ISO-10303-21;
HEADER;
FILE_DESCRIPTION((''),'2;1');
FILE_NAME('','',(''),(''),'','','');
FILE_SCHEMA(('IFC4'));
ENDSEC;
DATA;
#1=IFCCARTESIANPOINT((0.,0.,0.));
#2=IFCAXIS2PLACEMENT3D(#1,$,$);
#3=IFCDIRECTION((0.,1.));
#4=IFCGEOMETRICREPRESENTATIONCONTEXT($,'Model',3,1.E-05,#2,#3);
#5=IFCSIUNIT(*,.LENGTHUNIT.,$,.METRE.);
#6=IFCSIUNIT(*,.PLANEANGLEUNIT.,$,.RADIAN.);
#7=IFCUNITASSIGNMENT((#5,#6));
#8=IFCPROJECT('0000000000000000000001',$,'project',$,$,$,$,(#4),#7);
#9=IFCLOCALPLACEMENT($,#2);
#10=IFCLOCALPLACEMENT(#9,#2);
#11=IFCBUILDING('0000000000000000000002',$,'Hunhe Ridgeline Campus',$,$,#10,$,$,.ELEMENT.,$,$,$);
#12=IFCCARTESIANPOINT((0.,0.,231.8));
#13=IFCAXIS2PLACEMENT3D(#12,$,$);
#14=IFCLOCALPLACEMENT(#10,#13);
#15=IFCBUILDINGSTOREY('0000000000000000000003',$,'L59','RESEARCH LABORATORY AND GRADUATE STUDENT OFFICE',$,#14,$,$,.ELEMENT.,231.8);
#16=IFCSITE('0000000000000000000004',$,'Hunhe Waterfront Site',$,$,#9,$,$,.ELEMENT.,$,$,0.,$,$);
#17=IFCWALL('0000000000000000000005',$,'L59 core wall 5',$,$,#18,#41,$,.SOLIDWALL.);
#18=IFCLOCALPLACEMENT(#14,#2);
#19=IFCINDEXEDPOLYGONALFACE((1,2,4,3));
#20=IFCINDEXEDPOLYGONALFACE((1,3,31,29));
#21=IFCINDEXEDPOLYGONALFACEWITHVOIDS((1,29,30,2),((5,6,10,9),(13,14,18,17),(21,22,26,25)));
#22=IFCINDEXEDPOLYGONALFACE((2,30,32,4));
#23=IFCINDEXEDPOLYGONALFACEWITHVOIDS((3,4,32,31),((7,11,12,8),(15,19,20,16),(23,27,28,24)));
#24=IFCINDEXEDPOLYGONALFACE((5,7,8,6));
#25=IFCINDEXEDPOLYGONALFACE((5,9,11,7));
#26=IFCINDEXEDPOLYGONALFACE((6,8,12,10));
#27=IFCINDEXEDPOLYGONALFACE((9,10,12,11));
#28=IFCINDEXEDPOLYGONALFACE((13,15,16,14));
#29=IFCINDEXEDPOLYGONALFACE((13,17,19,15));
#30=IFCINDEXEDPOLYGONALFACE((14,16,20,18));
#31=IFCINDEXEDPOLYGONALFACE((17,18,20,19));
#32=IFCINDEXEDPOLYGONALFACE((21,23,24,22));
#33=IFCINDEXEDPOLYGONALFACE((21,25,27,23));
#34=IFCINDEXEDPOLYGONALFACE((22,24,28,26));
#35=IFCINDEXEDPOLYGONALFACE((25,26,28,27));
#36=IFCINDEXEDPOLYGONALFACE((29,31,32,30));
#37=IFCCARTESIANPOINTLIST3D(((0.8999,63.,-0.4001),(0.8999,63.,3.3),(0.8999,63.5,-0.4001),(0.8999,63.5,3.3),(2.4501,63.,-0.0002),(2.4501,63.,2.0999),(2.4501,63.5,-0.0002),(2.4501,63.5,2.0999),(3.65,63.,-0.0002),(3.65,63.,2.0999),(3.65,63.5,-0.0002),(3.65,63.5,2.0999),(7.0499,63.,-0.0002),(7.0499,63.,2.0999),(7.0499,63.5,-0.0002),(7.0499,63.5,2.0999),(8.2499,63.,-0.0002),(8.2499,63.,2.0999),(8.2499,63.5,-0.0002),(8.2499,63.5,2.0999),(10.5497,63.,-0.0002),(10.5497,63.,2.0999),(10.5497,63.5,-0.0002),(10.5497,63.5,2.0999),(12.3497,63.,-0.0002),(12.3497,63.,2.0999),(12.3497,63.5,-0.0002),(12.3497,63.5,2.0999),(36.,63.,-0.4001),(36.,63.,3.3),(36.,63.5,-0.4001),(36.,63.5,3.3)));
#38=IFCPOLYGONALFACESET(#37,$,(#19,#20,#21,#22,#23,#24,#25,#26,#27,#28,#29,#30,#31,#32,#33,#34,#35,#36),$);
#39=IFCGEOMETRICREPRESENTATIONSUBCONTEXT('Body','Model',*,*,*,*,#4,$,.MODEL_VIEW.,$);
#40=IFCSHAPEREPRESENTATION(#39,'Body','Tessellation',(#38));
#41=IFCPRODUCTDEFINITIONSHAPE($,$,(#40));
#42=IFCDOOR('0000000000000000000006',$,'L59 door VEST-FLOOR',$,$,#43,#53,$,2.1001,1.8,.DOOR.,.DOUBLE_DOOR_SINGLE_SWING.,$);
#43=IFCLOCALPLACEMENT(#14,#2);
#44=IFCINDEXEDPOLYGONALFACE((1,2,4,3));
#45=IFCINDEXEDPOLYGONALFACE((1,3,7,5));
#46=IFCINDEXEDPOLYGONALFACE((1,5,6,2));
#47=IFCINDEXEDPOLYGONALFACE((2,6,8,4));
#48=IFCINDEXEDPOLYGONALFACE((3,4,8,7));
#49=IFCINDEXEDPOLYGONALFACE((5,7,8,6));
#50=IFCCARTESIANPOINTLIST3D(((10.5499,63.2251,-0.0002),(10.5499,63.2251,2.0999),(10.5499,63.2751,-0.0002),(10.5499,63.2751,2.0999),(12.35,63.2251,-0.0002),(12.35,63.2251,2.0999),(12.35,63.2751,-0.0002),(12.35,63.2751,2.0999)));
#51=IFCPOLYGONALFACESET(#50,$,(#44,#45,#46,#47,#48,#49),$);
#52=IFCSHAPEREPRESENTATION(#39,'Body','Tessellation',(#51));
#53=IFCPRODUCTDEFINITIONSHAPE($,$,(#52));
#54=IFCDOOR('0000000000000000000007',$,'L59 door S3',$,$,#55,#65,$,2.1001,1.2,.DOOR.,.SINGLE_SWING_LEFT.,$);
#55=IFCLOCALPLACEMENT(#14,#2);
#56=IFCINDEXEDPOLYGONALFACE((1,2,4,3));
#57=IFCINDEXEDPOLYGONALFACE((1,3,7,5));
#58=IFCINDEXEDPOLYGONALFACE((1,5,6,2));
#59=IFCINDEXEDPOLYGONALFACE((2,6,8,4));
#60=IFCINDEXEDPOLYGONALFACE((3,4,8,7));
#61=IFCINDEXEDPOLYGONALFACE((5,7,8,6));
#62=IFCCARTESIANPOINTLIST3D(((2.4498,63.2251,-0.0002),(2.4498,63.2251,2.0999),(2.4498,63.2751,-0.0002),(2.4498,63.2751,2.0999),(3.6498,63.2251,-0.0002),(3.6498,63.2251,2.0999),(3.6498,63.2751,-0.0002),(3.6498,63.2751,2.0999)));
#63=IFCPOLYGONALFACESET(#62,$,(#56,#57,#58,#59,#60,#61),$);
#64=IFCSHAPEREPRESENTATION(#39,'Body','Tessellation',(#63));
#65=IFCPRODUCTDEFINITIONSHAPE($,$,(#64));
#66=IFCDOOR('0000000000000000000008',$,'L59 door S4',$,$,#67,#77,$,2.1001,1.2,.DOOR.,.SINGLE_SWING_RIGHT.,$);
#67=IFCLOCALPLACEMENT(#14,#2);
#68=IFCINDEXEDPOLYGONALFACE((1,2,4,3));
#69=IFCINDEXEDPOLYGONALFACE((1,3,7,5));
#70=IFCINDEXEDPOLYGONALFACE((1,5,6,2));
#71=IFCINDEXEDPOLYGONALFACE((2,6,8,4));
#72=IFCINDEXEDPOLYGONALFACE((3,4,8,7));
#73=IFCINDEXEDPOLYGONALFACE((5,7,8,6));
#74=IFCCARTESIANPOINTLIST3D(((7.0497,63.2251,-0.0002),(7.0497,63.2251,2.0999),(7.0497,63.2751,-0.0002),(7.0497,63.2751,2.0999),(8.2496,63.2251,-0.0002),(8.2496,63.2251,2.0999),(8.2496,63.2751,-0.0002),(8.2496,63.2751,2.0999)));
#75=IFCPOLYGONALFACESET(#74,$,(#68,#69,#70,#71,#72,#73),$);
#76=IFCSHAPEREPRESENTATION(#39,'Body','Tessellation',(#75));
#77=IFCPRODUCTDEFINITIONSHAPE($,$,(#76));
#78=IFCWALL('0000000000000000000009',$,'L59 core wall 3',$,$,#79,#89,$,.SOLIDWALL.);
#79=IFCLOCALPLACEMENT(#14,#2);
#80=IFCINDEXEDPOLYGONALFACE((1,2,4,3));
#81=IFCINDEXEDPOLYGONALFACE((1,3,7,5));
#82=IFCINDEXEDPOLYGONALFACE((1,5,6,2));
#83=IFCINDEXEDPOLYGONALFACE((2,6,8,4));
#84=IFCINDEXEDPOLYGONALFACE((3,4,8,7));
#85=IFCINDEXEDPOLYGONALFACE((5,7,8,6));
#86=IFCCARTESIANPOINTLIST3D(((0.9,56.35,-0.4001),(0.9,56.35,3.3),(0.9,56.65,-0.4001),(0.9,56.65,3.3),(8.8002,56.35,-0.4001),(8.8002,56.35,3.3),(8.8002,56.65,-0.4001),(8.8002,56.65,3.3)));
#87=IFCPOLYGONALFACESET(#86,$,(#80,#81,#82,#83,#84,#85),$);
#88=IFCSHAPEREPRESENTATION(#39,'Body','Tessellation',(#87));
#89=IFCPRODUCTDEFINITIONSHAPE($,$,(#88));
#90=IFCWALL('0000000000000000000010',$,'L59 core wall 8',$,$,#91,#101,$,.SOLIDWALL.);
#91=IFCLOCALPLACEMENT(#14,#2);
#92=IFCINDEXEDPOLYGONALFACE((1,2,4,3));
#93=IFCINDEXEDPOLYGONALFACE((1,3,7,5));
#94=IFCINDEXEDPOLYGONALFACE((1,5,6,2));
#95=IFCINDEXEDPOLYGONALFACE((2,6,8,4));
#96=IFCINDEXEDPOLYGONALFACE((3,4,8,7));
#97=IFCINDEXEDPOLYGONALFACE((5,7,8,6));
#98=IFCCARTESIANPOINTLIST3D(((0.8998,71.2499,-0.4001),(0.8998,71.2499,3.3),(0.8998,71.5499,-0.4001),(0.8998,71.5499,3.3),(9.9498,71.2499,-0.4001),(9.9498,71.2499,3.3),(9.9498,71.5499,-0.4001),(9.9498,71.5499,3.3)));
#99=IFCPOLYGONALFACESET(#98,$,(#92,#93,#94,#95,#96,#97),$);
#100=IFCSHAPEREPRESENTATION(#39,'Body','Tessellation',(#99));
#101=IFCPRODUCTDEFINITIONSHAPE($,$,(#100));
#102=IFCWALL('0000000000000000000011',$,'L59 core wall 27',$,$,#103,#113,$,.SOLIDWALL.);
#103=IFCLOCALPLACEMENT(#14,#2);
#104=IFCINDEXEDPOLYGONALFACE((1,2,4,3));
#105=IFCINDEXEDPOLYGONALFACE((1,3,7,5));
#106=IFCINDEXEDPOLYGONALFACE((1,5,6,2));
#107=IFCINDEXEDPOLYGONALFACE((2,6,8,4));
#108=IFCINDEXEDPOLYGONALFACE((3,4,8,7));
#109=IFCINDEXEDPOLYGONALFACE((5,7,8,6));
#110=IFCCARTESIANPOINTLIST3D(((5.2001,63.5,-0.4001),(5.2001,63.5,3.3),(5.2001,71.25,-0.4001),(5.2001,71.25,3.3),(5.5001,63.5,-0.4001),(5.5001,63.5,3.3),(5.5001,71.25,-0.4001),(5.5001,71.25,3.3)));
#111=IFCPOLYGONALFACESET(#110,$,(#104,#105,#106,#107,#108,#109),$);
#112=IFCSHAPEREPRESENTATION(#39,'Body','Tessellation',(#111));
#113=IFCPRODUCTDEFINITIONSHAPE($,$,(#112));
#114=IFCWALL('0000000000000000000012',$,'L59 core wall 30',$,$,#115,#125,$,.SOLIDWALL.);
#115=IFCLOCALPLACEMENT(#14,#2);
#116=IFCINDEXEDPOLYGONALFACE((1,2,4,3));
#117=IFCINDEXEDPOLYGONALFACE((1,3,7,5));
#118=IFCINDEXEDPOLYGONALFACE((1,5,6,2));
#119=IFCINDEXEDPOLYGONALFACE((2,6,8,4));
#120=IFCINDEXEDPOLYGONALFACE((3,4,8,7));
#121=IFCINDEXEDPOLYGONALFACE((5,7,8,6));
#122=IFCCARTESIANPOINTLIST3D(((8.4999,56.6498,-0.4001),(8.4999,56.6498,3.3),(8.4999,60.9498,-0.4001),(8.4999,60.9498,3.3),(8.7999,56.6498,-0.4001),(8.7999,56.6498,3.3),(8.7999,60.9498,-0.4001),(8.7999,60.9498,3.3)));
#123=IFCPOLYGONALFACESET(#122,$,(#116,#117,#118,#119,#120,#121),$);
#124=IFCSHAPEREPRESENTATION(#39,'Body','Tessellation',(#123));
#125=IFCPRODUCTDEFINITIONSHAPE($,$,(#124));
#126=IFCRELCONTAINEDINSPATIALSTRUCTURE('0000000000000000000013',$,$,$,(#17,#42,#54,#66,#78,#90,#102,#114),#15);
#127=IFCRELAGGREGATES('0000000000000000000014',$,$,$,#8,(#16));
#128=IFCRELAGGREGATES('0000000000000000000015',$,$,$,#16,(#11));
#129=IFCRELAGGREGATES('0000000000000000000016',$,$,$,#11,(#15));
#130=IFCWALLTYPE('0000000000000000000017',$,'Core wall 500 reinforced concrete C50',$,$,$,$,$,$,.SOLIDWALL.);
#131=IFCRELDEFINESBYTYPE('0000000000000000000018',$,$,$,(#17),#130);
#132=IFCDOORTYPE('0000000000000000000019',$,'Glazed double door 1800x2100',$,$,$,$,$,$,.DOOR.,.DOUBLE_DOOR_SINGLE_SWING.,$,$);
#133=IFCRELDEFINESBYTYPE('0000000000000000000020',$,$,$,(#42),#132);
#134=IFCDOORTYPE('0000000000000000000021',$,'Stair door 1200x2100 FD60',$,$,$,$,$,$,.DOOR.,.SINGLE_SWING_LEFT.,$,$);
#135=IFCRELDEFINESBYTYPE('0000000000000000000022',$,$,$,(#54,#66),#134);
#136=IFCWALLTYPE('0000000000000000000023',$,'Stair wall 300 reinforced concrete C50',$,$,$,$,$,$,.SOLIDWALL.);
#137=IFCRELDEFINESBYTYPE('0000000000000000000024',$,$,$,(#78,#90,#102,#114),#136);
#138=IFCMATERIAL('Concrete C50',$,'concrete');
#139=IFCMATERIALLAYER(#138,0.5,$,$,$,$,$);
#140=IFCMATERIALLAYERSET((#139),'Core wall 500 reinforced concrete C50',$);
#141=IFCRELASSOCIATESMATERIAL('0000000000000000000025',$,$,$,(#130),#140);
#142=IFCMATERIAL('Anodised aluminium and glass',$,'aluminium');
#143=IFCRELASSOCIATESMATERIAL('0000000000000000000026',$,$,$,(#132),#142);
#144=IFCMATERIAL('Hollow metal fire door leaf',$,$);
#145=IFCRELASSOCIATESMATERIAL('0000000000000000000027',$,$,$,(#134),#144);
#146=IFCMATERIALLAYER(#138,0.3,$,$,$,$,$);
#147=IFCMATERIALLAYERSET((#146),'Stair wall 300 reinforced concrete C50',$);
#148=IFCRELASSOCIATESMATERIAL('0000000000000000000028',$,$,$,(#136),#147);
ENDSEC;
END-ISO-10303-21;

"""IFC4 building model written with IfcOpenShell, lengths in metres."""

from ifc_helpers import new_model, si_unit, direction, frame, frame_2d, origin, place, context, subcontext, project, spatial, rectangle, extrude, material, layer, layer_set, type_object, element, fill, save


model = new_model("IFC4")

# Units and contexts
model_context = context("Model", 3, precision=1e-05, world=origin(), true_north=direction((0.0, 1.0)))
body_context = subcontext(model_context, "Body", "Model", "MODEL_VIEW")
ifc_project = project(units=[si_unit("LENGTHUNIT", "METRE"), si_unit("PLANEANGLEUNIT", "RADIAN")], contexts=[model_context])

# Site, building, storey
site_placement = place(None, origin())
site = spatial("IfcSite", under=ifc_project, at=site_placement, Name="Hunhe Waterfront Site", CompositionType="ELEMENT", RefElevation=0.0)
building_placement = place(site_placement, origin())
building = spatial("IfcBuilding", under=site, at=building_placement, Name="Hunhe Ridgeline Campus", CompositionType="ELEMENT")
storey_placement = place(building_placement, frame((0.0, 0.0, 231.8)))
storey = spatial("IfcBuildingStorey", under=building, at=storey_placement, Name="L59", Description="RESEARCH LABORATORY AND GRADUATE STUDENT OFFICE", CompositionType="ELEMENT", Elevation=231.8)

# Wall, openings, doors
ifc_material_1 = material(Name="Concrete C50", Category="concrete")
ifc_layer_1 = layer(ifc_material_1, 0.5)
ifc_layer_set_1 = layer_set([ifc_layer_1], Name="Core wall 500 reinforced concrete C50")
wall_type_1 = type_object("IfcWallType", Name="Core wall 500 reinforced concrete C50", PredefinedType="SOLIDWALL", material=ifc_layer_set_1)
wall_1_placement = place(storey_placement, frame((0.8999, 63.25, -0.4001), z_axis=(0.0, 0.0, 1.0), x_axis=(1.0, 0.0, 0.0)))
wall_1 = element("IfcWall", 1, at=wall_1_placement, inside=storey, type_object=wall_type_1, Name="L59 core wall 5", PredefinedType="SOLIDWALL", context=body_context, shape_type="SweptSolid", body=[
    extrude(rectangle(XDim=35.1001, YDim=0.5, at=frame_2d((17.55, 0.0))), origin(), (0.0, 0.0, 1.0), 3.7002),
])
opening_1_placement = place(wall_1_placement, frame((9.6499, 0.0, 0.3999)))
opening_1 = element("IfcOpeningElement", 2, at=opening_1_placement, cuts=wall_1, PredefinedType="OPENING", context=body_context, shape_type="SweptSolid", body=[
    extrude(rectangle(XDim=1.8, YDim=2.1001, at=frame_2d((0.8999, 1.05))), frame((0.0, 0.25, 0.0), z_axis=(0.0, -1.0, 0.0), x_axis=(1.0, 0.0, 0.0)), (0.0, 0.0, 1.0), 0.5),
])
opening_2_placement = place(wall_1_placement, frame((1.55, 0.0, 0.3999)))
opening_2 = element("IfcOpeningElement", 3, at=opening_2_placement, cuts=wall_1, PredefinedType="OPENING", context=body_context, shape_type="SweptSolid", body=[
    extrude(rectangle(XDim=1.2, YDim=2.1001, at=frame_2d((0.6001, 1.05))), frame((0.0, 0.25, 0.0), z_axis=(0.0, -1.0, 0.0), x_axis=(1.0, 0.0, 0.0)), (0.0, 0.0, 1.0), 0.5),
])
opening_3_placement = place(wall_1_placement, frame((6.1499, 0.0, 0.3999)))
opening_3 = element("IfcOpeningElement", 4, at=opening_3_placement, cuts=wall_1, PredefinedType="OPENING", context=body_context, shape_type="SweptSolid", body=[
    extrude(rectangle(XDim=1.2, YDim=2.1001, at=frame_2d((0.6001, 1.05))), frame((0.0, 0.25, 0.0), z_axis=(0.0, -1.0, 0.0), x_axis=(1.0, 0.0, 0.0)), (0.0, 0.0, 1.0), 0.5),
])
ifc_material_2 = material(Name="Anodised aluminium and glass", Category="aluminium")
door_type_1 = type_object("IfcDoorType", Name="Glazed double door 1800x2100", OperationType="DOUBLE_DOOR_SINGLE_SWING", PredefinedType="DOOR", material=ifc_material_2)
door_1_placement = place(opening_1_placement, frame((1.8, 0.0, 0.0), z_axis=(0.0, 0.0, 1.0), x_axis=(-1.0, 0.0, 0.0)))
door_1 = element("IfcDoor", 5, at=door_1_placement, inside=storey, type_object=door_type_1, Name="L59 door VEST-FLOOR", OperationType="DOUBLE_DOOR_SINGLE_SWING", OverallHeight=2.1001, OverallWidth=1.8, PredefinedType="DOOR", context=body_context, shape_type="SweptSolid", body=[
    extrude(rectangle(XDim=1.8, YDim=2.1001, at=frame_2d((0.8999, 1.05))), frame((0.0, 0.0249, 0.0), z_axis=(0.0, -1.0, 0.0), x_axis=(1.0, 0.0, 0.0)), (0.0, 0.0, 1.0), 0.05),
])
fill(opening_1, door_1)
ifc_material_3 = material(Name="Hollow metal fire door leaf")
door_type_2 = type_object("IfcDoorType", Name="Stair door 1200x2100 FD60", OperationType="SINGLE_SWING_LEFT", PredefinedType="DOOR", material=ifc_material_3)
door_2_placement = place(opening_2_placement, frame((1.2, 0.0, 0.0), z_axis=(0.0, 0.0, 1.0), x_axis=(-1.0, 0.0, 0.0)))
door_2 = element("IfcDoor", 6, at=door_2_placement, inside=storey, type_object=door_type_2, Name="L59 door S3", OperationType="SINGLE_SWING_LEFT", OverallHeight=2.1001, OverallWidth=1.2, PredefinedType="DOOR", context=body_context, shape_type="SweptSolid", body=[
    extrude(rectangle(XDim=1.2, YDim=2.1001, at=frame_2d((0.6001, 1.05))), frame((0.0, 0.0249, 0.0), z_axis=(0.0, -1.0, 0.0), x_axis=(1.0, 0.0, 0.0)), (0.0, 0.0, 1.0), 0.05),
])
fill(opening_2, door_2)
door_3_placement = place(opening_3_placement, frame((1.2, 0.0, 0.0), z_axis=(0.0, 0.0, 1.0), x_axis=(-1.0, 0.0, 0.0)))
door_3 = element("IfcDoor", 7, at=door_3_placement, inside=storey, type_object=door_type_2, Name="L59 door S4", OperationType="SINGLE_SWING_RIGHT", OverallHeight=2.1001, OverallWidth=1.2, PredefinedType="DOOR", context=body_context, shape_type="SweptSolid", body=[
    extrude(rectangle(XDim=1.2, YDim=2.1001, at=frame_2d((0.6001, 1.05))), frame((0.0, 0.0249, 0.0), z_axis=(0.0, -1.0, 0.0), x_axis=(1.0, 0.0, 0.0)), (0.0, 0.0, 1.0), 0.05),
])
fill(opening_3, door_3)

# Wall
ifc_layer_2 = layer(ifc_material_1, 0.3)
ifc_layer_set_2 = layer_set([ifc_layer_2], Name="Stair wall 300 reinforced concrete C50")
wall_type_2 = type_object("IfcWallType", Name="Stair wall 300 reinforced concrete C50", PredefinedType="SOLIDWALL", material=ifc_layer_set_2)
wall_2_placement = place(storey_placement, frame((0.8999, 56.5, -0.4001), z_axis=(0.0, 0.0, 1.0), x_axis=(1.0, 0.0, 0.0)))
element("IfcWall", 8, at=wall_2_placement, inside=storey, type_object=wall_type_2, Name="L59 core wall 3", PredefinedType="SOLIDWALL", context=body_context, shape_type="SweptSolid", body=[
    extrude(rectangle(XDim=7.9001, YDim=0.3, at=frame_2d((3.9502, 0.0))), origin(), (0.0, 0.0, 1.0), 3.7002),
])

# Walls
wall_3_placement = place(storey_placement, frame((0.8999, 71.3999, -0.4001), z_axis=(0.0, 0.0, 1.0), x_axis=(1.0, 0.0, 0.0)))
element("IfcWall", 9, at=wall_3_placement, inside=storey, type_object=wall_type_2, Name="L59 core wall 8", PredefinedType="SOLIDWALL", context=body_context, shape_type="SweptSolid", body=[
    extrude(rectangle(XDim=9.05, YDim=0.3, at=frame_2d((4.5249, 0.0))), origin(), (0.0, 0.0, 1.0), 3.7002),
])
wall_4_placement = place(storey_placement, frame((5.3501, 63.5, -0.4001), z_axis=(0.0, 0.0, 1.0), x_axis=(0.0, 1.0, 0.0)))
element("IfcWall", 10, at=wall_4_placement, inside=storey, type_object=wall_type_2, Name="L59 core wall 27", PredefinedType="SOLIDWALL", context=body_context, shape_type="SweptSolid", body=[
    extrude(rectangle(XDim=7.75, YDim=0.3, at=frame_2d((3.875, 0.0))), origin(), (0.0, 0.0, 1.0), 3.7002),
])
wall_5_placement = place(storey_placement, frame((8.6499, 56.6499, -0.4001), z_axis=(0.0, 0.0, 1.0), x_axis=(0.0, 1.0, 0.0)))
element("IfcWall", 11, at=wall_5_placement, inside=storey, type_object=wall_type_2, Name="L59 core wall 30", PredefinedType="SOLIDWALL", context=body_context, shape_type="SweptSolid", body=[
    extrude(rectangle(XDim=4.3, YDim=0.3, at=frame_2d((2.1499, 0.0))), origin(), (0.0, 0.0, 1.0), 3.7002),
])

save(model, "model.ifc")
